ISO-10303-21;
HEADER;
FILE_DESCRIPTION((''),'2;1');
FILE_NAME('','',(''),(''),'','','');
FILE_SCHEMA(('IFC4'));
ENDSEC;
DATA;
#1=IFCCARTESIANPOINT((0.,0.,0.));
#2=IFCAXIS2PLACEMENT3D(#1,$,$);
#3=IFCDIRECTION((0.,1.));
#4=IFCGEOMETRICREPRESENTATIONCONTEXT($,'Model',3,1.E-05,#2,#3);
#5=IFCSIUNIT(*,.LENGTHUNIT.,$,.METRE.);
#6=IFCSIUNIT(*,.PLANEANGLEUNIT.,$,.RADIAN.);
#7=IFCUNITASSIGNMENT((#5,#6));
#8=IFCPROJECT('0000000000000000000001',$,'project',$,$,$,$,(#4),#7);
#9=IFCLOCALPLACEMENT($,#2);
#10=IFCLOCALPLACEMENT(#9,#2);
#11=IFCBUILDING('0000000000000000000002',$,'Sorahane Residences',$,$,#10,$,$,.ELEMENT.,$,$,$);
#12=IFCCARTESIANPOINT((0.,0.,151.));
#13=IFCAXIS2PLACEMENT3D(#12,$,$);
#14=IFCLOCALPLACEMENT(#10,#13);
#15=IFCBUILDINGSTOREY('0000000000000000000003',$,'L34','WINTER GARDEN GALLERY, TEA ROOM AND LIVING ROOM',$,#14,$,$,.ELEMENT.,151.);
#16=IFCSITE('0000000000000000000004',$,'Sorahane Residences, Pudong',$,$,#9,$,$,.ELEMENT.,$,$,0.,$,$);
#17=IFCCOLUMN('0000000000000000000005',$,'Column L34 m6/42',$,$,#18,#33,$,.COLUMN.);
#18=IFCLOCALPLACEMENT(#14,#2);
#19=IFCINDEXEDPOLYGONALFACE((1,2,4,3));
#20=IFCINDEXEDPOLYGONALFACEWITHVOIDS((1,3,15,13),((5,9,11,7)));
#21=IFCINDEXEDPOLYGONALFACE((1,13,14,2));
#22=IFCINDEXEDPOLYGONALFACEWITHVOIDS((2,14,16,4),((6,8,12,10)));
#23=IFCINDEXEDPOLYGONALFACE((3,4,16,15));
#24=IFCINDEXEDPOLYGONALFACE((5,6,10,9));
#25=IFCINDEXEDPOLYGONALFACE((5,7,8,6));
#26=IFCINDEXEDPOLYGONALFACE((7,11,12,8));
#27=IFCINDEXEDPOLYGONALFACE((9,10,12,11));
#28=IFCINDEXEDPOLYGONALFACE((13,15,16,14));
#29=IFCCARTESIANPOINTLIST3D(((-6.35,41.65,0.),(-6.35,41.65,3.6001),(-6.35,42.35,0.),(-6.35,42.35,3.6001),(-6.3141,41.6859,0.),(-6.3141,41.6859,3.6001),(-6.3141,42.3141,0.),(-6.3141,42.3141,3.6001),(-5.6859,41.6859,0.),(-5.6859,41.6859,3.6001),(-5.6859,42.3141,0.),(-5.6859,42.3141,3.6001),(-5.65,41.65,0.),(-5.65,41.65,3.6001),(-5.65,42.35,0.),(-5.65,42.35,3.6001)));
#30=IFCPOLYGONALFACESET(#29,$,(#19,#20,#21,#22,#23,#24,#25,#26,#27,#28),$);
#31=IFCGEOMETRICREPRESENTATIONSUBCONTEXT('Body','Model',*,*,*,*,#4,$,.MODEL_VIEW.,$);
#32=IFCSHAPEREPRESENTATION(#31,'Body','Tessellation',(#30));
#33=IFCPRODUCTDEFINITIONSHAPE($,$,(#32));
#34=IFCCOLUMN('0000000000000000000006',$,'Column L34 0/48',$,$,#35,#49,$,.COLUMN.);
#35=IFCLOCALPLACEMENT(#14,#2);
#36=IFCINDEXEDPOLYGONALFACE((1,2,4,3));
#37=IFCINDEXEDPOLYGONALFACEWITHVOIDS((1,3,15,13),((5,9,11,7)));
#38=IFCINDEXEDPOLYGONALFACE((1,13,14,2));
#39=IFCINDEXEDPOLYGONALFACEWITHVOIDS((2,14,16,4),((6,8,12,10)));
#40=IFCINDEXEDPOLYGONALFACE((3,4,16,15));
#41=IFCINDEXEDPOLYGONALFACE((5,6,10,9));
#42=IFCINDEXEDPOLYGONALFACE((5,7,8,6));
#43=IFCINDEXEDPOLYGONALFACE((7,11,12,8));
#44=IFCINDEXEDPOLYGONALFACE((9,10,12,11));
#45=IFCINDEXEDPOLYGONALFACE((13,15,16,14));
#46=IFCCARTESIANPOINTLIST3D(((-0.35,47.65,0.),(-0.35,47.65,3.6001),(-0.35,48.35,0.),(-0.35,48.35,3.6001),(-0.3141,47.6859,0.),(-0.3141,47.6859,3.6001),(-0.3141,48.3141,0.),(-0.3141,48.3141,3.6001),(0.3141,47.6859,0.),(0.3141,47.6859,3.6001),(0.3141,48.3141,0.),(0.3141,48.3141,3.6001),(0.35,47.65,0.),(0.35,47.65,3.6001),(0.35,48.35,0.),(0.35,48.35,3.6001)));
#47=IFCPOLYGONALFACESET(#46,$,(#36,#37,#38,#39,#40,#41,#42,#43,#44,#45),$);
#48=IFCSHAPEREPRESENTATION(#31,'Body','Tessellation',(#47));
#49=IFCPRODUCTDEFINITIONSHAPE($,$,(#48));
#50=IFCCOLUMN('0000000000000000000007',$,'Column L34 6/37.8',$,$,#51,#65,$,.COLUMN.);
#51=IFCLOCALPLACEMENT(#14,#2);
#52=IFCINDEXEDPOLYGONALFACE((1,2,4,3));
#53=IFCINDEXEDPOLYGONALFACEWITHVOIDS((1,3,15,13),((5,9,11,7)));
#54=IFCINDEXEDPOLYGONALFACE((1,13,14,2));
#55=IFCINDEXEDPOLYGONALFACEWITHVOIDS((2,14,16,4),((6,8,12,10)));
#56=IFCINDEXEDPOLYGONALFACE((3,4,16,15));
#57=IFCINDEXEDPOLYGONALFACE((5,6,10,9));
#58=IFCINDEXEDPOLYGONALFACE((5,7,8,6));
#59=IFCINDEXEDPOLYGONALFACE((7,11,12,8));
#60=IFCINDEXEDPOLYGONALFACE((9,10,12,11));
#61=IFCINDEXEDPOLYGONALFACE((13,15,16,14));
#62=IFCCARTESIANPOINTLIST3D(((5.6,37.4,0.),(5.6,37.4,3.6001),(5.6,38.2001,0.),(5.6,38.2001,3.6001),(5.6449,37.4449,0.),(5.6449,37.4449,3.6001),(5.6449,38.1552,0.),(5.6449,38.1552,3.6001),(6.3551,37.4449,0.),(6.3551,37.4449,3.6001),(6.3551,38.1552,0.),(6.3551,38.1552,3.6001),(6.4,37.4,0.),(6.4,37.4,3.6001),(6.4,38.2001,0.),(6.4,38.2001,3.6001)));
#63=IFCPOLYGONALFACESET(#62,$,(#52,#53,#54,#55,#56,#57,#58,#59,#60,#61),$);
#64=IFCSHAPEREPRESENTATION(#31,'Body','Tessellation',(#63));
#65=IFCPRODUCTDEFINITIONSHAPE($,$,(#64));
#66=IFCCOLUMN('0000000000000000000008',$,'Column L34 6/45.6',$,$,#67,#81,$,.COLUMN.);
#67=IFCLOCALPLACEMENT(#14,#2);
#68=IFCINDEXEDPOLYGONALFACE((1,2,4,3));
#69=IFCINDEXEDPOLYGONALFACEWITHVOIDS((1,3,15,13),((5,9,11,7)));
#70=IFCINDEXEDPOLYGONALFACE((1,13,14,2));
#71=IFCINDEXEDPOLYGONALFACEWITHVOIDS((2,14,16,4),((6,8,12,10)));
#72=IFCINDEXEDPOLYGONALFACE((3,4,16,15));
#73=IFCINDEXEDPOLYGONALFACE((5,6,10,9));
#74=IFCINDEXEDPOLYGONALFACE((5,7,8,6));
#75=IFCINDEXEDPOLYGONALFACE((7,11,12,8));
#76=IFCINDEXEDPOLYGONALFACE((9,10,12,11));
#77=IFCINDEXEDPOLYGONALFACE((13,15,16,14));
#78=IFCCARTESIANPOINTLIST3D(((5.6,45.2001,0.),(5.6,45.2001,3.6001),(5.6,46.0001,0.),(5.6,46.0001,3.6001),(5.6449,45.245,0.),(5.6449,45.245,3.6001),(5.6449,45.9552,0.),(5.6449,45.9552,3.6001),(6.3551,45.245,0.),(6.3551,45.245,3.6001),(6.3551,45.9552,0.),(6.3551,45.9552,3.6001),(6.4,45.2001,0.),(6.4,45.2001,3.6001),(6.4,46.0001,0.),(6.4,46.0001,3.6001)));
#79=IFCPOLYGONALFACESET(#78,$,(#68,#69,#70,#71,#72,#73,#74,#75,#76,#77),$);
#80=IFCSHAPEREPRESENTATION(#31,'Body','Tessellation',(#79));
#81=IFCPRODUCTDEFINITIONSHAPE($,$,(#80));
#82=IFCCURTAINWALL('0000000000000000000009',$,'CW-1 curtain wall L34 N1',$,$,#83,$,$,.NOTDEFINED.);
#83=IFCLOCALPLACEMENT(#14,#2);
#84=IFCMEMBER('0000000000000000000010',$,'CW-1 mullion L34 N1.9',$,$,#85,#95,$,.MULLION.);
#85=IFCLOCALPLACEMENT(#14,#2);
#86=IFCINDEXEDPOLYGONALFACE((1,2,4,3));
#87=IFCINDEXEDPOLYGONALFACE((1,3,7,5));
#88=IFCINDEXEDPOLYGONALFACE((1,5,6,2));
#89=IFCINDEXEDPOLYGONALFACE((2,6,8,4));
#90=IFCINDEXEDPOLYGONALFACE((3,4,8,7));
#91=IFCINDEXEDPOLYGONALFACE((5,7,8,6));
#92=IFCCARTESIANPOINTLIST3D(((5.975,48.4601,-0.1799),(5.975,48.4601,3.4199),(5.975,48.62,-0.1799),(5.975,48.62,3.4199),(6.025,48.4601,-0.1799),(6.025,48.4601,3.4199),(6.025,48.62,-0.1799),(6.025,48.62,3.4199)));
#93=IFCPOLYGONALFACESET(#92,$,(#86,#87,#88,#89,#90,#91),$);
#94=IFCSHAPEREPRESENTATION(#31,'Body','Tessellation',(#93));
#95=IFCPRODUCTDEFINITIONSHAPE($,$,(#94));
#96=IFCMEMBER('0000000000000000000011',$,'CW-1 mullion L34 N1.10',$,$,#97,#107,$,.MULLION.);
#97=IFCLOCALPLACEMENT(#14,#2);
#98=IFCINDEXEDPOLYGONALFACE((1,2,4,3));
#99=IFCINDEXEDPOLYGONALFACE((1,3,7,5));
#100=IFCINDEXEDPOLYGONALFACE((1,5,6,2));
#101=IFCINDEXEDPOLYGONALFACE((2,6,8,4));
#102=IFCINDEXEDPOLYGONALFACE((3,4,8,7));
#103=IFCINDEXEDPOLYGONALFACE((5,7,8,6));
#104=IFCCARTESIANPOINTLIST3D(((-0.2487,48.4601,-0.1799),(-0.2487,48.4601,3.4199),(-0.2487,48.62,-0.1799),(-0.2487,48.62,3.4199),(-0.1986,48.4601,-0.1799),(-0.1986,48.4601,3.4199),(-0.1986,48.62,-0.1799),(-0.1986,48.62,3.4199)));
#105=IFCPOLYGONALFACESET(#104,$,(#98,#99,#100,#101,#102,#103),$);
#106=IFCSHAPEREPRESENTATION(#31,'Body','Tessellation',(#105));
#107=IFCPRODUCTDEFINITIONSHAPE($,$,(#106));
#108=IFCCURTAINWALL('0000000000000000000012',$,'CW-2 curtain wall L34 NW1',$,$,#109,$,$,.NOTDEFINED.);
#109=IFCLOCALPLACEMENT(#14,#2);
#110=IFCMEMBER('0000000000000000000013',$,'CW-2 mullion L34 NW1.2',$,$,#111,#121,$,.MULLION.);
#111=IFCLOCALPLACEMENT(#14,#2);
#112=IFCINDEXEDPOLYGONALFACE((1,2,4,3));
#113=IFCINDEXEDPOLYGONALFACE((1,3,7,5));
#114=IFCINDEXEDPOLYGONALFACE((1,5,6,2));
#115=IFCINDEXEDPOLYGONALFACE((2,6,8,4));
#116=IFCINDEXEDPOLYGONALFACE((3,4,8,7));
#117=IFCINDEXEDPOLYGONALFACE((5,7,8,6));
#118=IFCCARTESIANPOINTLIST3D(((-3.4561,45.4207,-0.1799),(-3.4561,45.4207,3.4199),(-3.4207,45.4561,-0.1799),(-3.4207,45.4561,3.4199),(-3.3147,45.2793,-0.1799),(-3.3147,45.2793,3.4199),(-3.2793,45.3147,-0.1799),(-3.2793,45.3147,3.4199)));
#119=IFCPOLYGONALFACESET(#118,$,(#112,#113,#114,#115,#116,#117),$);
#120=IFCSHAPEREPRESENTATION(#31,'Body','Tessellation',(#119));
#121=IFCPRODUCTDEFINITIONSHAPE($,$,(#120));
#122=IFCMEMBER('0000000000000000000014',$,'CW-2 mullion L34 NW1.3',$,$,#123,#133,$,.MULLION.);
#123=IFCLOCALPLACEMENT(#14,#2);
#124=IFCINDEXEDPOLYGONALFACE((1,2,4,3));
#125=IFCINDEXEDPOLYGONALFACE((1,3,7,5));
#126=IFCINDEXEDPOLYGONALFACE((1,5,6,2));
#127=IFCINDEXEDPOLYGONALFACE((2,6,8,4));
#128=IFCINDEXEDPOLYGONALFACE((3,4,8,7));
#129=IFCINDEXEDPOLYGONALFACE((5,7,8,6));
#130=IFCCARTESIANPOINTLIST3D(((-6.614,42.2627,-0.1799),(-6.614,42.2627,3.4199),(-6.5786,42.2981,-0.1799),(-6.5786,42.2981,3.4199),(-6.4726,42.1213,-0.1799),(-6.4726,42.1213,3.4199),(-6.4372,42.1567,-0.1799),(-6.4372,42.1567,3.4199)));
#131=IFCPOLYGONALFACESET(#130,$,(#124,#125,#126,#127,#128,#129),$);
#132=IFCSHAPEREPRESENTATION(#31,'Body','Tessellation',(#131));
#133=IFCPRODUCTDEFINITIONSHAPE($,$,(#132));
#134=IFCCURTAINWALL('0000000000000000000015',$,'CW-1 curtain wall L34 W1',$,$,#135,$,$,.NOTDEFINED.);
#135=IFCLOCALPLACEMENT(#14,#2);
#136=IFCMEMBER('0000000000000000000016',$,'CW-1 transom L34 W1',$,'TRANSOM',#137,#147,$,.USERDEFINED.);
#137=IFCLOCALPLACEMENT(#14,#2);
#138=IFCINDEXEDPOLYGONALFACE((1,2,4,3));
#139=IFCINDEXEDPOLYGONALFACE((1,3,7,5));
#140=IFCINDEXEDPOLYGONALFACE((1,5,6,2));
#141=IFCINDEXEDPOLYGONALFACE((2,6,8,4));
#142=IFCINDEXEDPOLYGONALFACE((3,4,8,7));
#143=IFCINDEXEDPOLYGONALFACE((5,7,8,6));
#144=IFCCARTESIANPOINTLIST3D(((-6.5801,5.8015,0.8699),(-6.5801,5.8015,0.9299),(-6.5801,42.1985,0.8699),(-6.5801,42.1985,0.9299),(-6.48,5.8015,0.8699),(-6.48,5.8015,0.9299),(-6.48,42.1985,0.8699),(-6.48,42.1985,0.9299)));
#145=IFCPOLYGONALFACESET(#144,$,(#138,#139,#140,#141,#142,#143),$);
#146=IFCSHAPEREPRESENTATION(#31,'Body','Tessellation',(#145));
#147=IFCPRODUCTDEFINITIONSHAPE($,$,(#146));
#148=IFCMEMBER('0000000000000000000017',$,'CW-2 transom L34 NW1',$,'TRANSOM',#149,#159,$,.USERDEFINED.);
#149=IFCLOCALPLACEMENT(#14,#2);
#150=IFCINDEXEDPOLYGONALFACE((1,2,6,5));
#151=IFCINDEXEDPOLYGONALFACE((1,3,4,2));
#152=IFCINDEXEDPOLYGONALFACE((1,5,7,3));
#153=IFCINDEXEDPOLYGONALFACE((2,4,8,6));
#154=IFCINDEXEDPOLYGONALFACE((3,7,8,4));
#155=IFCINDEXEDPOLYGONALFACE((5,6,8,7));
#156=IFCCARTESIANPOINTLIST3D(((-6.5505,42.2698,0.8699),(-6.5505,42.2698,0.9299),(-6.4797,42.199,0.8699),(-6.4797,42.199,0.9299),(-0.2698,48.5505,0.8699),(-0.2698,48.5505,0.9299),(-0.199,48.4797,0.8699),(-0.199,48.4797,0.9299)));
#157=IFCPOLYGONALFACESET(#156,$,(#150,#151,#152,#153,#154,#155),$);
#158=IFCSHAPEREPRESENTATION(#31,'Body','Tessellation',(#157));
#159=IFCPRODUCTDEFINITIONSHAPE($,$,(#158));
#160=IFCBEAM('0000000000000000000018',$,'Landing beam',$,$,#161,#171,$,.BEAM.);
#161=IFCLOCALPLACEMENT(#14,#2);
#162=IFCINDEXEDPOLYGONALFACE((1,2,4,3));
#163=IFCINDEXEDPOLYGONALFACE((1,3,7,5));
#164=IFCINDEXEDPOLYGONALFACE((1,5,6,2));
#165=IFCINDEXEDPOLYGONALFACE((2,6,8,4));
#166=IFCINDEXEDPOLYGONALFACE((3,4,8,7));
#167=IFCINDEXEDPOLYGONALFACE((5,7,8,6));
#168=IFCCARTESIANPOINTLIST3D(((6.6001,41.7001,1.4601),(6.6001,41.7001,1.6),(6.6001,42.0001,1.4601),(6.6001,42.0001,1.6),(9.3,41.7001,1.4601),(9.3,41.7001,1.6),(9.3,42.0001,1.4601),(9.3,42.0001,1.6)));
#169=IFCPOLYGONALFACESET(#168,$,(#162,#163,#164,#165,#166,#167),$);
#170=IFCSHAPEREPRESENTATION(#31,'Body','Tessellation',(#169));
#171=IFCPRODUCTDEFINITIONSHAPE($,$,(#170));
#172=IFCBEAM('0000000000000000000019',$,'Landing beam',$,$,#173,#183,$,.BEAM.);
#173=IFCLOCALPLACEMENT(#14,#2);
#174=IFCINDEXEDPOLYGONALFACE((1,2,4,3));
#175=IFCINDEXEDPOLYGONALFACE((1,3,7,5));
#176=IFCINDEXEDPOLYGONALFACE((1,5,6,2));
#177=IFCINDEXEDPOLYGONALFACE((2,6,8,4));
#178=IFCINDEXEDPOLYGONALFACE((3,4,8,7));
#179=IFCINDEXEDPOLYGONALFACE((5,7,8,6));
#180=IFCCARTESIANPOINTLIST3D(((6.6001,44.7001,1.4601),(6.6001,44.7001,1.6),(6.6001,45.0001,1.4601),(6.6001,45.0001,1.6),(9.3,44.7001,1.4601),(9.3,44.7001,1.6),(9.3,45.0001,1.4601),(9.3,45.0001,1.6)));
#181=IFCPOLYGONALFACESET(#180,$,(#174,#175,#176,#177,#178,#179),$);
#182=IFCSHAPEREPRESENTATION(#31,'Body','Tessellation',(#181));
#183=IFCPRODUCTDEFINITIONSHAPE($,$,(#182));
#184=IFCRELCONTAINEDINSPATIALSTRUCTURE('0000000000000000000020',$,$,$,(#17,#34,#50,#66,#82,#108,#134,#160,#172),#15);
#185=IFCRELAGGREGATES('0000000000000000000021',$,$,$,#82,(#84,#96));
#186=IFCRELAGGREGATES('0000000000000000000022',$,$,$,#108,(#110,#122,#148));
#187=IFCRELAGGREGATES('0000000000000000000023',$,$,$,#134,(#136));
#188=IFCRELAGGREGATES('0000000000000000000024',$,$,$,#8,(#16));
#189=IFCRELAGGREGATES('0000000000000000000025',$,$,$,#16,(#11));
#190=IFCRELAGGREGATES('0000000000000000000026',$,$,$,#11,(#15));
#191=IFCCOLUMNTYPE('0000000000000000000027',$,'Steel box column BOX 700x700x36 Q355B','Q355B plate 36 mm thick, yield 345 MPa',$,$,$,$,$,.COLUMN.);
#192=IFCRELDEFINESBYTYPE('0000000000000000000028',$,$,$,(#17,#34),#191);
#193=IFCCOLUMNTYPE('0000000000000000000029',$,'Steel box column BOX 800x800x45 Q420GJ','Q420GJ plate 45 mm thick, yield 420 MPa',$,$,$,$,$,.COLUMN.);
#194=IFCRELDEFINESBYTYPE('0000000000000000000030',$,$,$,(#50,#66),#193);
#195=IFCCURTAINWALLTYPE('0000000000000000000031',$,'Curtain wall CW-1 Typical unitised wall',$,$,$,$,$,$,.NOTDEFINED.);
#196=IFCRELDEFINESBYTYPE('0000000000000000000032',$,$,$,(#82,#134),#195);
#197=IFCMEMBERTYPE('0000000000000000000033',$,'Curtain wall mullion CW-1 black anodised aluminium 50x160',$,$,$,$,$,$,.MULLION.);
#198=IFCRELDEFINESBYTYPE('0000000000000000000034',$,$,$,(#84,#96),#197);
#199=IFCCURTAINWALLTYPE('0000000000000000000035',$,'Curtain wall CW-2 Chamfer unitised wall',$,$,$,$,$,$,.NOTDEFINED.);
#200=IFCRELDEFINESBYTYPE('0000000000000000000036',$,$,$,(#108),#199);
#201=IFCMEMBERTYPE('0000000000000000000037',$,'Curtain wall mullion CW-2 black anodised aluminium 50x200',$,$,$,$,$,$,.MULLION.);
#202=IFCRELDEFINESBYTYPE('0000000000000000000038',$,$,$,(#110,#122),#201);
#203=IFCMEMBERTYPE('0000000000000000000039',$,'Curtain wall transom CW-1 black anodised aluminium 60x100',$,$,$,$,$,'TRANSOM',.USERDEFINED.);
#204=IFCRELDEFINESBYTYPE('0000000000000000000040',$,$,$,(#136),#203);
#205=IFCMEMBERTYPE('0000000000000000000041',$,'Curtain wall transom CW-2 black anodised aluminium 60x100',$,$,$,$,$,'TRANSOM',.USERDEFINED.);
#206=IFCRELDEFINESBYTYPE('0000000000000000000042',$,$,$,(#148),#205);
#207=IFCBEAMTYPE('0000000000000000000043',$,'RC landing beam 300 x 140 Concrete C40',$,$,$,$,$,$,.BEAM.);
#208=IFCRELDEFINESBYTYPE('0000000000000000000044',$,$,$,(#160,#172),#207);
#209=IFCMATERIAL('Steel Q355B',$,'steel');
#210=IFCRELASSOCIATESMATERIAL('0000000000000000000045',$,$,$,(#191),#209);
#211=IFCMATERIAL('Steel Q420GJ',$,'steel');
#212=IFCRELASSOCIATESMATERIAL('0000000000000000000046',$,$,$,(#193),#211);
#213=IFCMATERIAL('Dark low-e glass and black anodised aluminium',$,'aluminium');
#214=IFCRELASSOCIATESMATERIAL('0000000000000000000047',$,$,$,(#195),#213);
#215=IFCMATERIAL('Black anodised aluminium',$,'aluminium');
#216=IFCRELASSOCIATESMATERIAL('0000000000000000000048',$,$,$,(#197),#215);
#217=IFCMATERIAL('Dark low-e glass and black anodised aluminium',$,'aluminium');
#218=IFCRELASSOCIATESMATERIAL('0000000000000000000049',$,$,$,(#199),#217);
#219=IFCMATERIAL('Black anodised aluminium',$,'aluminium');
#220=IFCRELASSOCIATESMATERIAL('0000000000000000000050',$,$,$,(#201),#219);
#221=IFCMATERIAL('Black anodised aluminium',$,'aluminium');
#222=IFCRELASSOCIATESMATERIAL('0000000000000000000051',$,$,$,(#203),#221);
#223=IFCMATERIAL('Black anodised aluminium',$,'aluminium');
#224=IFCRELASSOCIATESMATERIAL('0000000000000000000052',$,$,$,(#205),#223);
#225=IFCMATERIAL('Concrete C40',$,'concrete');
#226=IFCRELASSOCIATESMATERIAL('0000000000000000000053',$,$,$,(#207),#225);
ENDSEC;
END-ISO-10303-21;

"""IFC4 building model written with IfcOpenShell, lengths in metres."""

from ifc_helpers import new_model, si_unit, direction, frame, origin, origin_2d, place, context, subcontext, project, spatial, rectangle, hollow_rectangle, extrude, material, material_profile, profile_set, type_object, element, aggregate, save


model = new_model("IFC4")

# Units and contexts
model_context = context("Model", 3, precision=1e-05, world=origin(), true_north=direction((0.0, 1.0)))
body_context = subcontext(model_context, "Body", "Model", "MODEL_VIEW")
ifc_project = project(units=[si_unit("LENGTHUNIT", "METRE"), si_unit("PLANEANGLEUNIT", "RADIAN")], contexts=[model_context])

# Site, building, storey
site_placement = place(None, origin())
site = spatial("IfcSite", under=ifc_project, at=site_placement, Name="Sorahane Residences, Pudong", CompositionType="ELEMENT", RefElevation=0.0)
building_placement = place(site_placement, origin())
building = spatial("IfcBuilding", under=site, at=building_placement, Name="Sorahane Residences", CompositionType="ELEMENT")
storey_placement = place(building_placement, frame((0.0, 0.0, 151.0)))
storey = spatial("IfcBuildingStorey", under=building, at=storey_placement, Name="L34", Description="WINTER GARDEN GALLERY, TEA ROOM AND LIVING ROOM", CompositionType="ELEMENT", Elevation=151.0)

# Columns
ifc_material_1 = material(Name="Steel Q355B", Category="steel")
ifc_material_profile_1 = material_profile(ifc_material_1, hollow_rectangle(XDim=0.7, YDim=0.7, WallThickness=0.0359, at=origin_2d()), Name="BOX 700x700x36")
ifc_profile_set_1 = profile_set([ifc_material_profile_1], Name="Steel Q355B")
column_type_1 = type_object("IfcColumnType", Name="Steel box column BOX 700x700x36 Q355B", Description="Q355B plate 36 mm thick, yield 345 MPa", PredefinedType="COLUMN", material=ifc_profile_set_1)
for number, where, z_axis, x_axis, name in (
    (1, (-6.0, 42.0, 0.0), (0.0, 0.0, 1.0), (1.0, 0.0, 0.0), "Column L34 m6/42"),
    (2, (0.0, 48.0, 0.0), (0.0, 0.0, 1.0), (1.0, 0.0, 0.0), "Column L34 0/48"),
):
    element("IfcColumn", number, at=place(storey_placement, frame(where, z_axis=z_axis, x_axis=x_axis)), inside=storey, type_object=column_type_1, Name=name, PredefinedType="COLUMN", context=body_context, shape_type="SweptSolid", body=[
        extrude(hollow_rectangle(XDim=0.7, YDim=0.7, WallThickness=0.0359, at=origin_2d()), origin(), (0.0, 0.0, 1.0), 3.6001),
    ])
ifc_material_2 = material(Name="Steel Q420GJ", Category="steel")
ifc_material_profile_2 = material_profile(ifc_material_2, hollow_rectangle(XDim=0.8, YDim=0.8, WallThickness=0.0449, at=origin_2d()), Name="BOX 800x800x45")
ifc_profile_set_2 = profile_set([ifc_material_profile_2], Name="Steel Q420GJ")
column_type_2 = type_object("IfcColumnType", Name="Steel box column BOX 800x800x45 Q420GJ", Description="Q420GJ plate 45 mm thick, yield 420 MPa", PredefinedType="COLUMN", material=ifc_profile_set_2)
for number, where, z_axis, x_axis, name in (
    (3, (6.0, 37.8, 0.0), (0.0, 0.0, 1.0), (1.0, 0.0, 0.0), "Column L34 6/37.8"),
    (4, (6.0, 45.6001, 0.0), (0.0, 0.0, 1.0), (1.0, 0.0, 0.0), "Column L34 6/45.6"),
):
    element("IfcColumn", number, at=place(storey_placement, frame(where, z_axis=z_axis, x_axis=x_axis)), inside=storey, type_object=column_type_2, Name=name, PredefinedType="COLUMN", context=body_context, shape_type="SweptSolid", body=[
        extrude(hollow_rectangle(XDim=0.8, YDim=0.8, WallThickness=0.0449, at=origin_2d()), origin(), (0.0, 0.0, 1.0), 3.6001),
    ])

# Curtain walls, members
ifc_material_3 = material(Name="Dark low-e glass and black anodised aluminium", Category="aluminium")
curtain_wall_type_1 = type_object("IfcCurtainWallType", Name="Curtain wall CW-1 Typical unitised wall", PredefinedType="NOTDEFINED", material=ifc_material_3)
curtain_wall_1_placement = place(storey_placement, origin())
curtain_wall_1 = element("IfcCurtainWall", 5, at=curtain_wall_1_placement, inside=storey, type_object=curtain_wall_type_1, Name="CW-1 curtain wall L34 N1", PredefinedType="NOTDEFINED")
ifc_material_4 = material(Name="Black anodised aluminium", Category="aluminium")
ifc_material_profile_3 = material_profile(ifc_material_4, rectangle(XDim=0.1599, YDim=0.05, at=origin_2d()), Name="Curtain wall mullion CW-1 black anodised aluminium 50x160")
ifc_profile_set_3 = profile_set([ifc_material_profile_3], Name="Black anodised aluminium")
member_type_1 = type_object("IfcMemberType", Name="Curtain wall mullion CW-1 black anodised aluminium 50x160", PredefinedType="MULLION", material=ifc_profile_set_3)
member_1_placement = place(storey_placement, frame((6.0, 48.54, -0.1799), z_axis=(0.0, 0.0, 1.0), x_axis=(0.0, 1.0, 0.0)))
member_1 = element("IfcMember", 6, at=member_1_placement, type_object=member_type_1, Name="CW-1 mullion L34 N1.9", PredefinedType="MULLION", context=body_context, shape_type="SweptSolid", body=[
    extrude(rectangle(XDim=0.1599, YDim=0.05, at=origin_2d()), origin(), (0.0, 0.0, 1.0), 3.5999),
])
member_2_placement = place(storey_placement, frame((-0.2236, 48.54, -0.1799), z_axis=(0.0, 0.0, 1.0), x_axis=(0.0, 1.0, 0.0)))
member_2 = element("IfcMember", 7, at=member_2_placement, type_object=member_type_1, Name="CW-1 mullion L34 N1.10", PredefinedType="MULLION", context=body_context, shape_type="SweptSolid", body=[
    extrude(rectangle(XDim=0.1599, YDim=0.05, at=origin_2d()), origin(), (0.0, 0.0, 1.0), 3.5999),
])
ifc_material_5 = material(Name="Dark low-e glass and black anodised aluminium", Category="aluminium")
curtain_wall_type_2 = type_object("IfcCurtainWallType", Name="Curtain wall CW-2 Chamfer unitised wall", PredefinedType="NOTDEFINED", material=ifc_material_5)
curtain_wall_2_placement = place(storey_placement, origin())
curtain_wall_2 = element("IfcCurtainWall", 8, at=curtain_wall_2_placement, inside=storey, type_object=curtain_wall_type_2, Name="CW-2 curtain wall L34 NW1", PredefinedType="NOTDEFINED")
ifc_material_6 = material(Name="Black anodised aluminium", Category="aluminium")
ifc_material_profile_4 = material_profile(ifc_material_6, rectangle(XDim=0.2, YDim=0.05, at=origin_2d()), Name="Curtain wall mullion CW-2 black anodised aluminium 50x200")
ifc_profile_set_4 = profile_set([ifc_material_profile_4], Name="Black anodised aluminium")
member_type_2 = type_object("IfcMemberType", Name="Curtain wall mullion CW-2 black anodised aluminium 50x200", PredefinedType="MULLION", material=ifc_profile_set_4)
member_3_placement = place(storey_placement, frame((-3.3677, 45.3677, -0.1799), z_axis=(0.0, 0.0, 1.0), x_axis=(-0.707107, 0.707107, 0.0)))
member_3 = element("IfcMember", 9, at=member_3_placement, type_object=member_type_2, Name="CW-2 mullion L34 NW1.2", PredefinedType="MULLION", context=body_context, shape_type="SweptSolid", body=[
    extrude(rectangle(XDim=0.2, YDim=0.05, at=origin_2d()), origin(), (0.0, 0.0, 1.0), 3.5999),
])
member_4_placement = place(storey_placement, frame((-6.5256, 42.2097, -0.1799), z_axis=(0.0, 0.0, 1.0), x_axis=(-0.707107, 0.707107, 0.0)))
member_4 = element("IfcMember", 10, at=member_4_placement, type_object=member_type_2, Name="CW-2 mullion L34 NW1.3", PredefinedType="MULLION", context=body_context, shape_type="SweptSolid", body=[
    extrude(rectangle(XDim=0.2, YDim=0.05, at=origin_2d()), origin(), (0.0, 0.0, 1.0), 3.5999),
])

# Curtain wall, member
curtain_wall_3_placement = place(storey_placement, origin())
curtain_wall_3 = element("IfcCurtainWall", 11, at=curtain_wall_3_placement, inside=storey, type_object=curtain_wall_type_1, Name="CW-1 curtain wall L34 W1", PredefinedType="NOTDEFINED")
ifc_material_7 = material(Name="Black anodised aluminium", Category="aluminium")
ifc_material_profile_5 = material_profile(ifc_material_7, rectangle(XDim=0.1001, YDim=0.0601, at=origin_2d()), Name="Curtain wall transom CW-1 black anodised aluminium 60x100")
ifc_profile_set_5 = profile_set([ifc_material_profile_5], Name="Black anodised aluminium")
member_type_3 = type_object("IfcMemberType", Name="Curtain wall transom CW-1 black anodised aluminium 60x100", ElementType="TRANSOM", PredefinedType="USERDEFINED", material=ifc_profile_set_5)
member_5_placement = place(storey_placement, frame((-6.53, 42.1985, 0.8999), z_axis=(0.0, -1.0, 0.0), x_axis=(1.0, 0.0, 0.0)))
member_5 = element("IfcMember", 12, at=member_5_placement, type_object=member_type_3, Name="CW-1 transom L34 W1", ObjectType="TRANSOM", PredefinedType="USERDEFINED", context=body_context, shape_type="SweptSolid", body=[
    extrude(rectangle(XDim=0.1001, YDim=0.0601, at=origin_2d()), origin(), (0.0, 0.0, 1.0), 36.397),
])

# Member
ifc_material_8 = material(Name="Black anodised aluminium", Category="aluminium")
ifc_material_profile_6 = material_profile(ifc_material_8, rectangle(XDim=0.1001, YDim=0.0601, at=origin_2d()), Name="Curtain wall transom CW-2 black anodised aluminium 60x100")
ifc_profile_set_6 = profile_set([ifc_material_profile_6], Name="Black anodised aluminium")
member_type_4 = type_object("IfcMemberType", Name="Curtain wall transom CW-2 black anodised aluminium 60x100", ElementType="TRANSOM", PredefinedType="USERDEFINED", material=ifc_profile_set_6)
member_6_placement = place(storey_placement, frame((-0.2344, 48.5151, 0.8999), z_axis=(-0.707107, -0.707107, 0.0), x_axis=(0.707107, -0.707107, 0.0)))
member_6 = element("IfcMember", 13, at=member_6_placement, type_object=member_type_4, Name="CW-2 transom L34 NW1", ObjectType="TRANSOM", PredefinedType="USERDEFINED", context=body_context, shape_type="SweptSolid", body=[
    extrude(rectangle(XDim=0.1001, YDim=0.0601, at=origin_2d()), origin(), (0.0, 0.0, 1.0), 8.8823),
])

# Beams
ifc_material_9 = material(Name="Concrete C40", Category="concrete")
ifc_material_profile_7 = material_profile(ifc_material_9, rectangle(XDim=0.3, YDim=0.1399, at=origin_2d()), Name="300x140")
ifc_profile_set_7 = profile_set([ifc_material_profile_7], Name="Concrete C40")
beam_type_1 = type_object("IfcBeamType", Name="RC landing beam 300 x 140 Concrete C40", PredefinedType="BEAM", material=ifc_profile_set_7)
for number, where, z_axis, x_axis, name in (
    (14, (6.6001, 41.8501, 1.53), (1.0, 0.0, 0.0), (0.0, 1.0, 0.0), "Landing beam"),
    (15, (6.6001, 44.8501, 1.53), (1.0, 0.0, 0.0), (0.0, 1.0, 0.0), "Landing beam"),
):
    element("IfcBeam", number, at=place(storey_placement, frame(where, z_axis=z_axis, x_axis=x_axis)), inside=storey, type_object=beam_type_1, Name=name, PredefinedType="BEAM", context=body_context, shape_type="SweptSolid", body=[
        extrude(rectangle(XDim=0.3, YDim=0.1399, at=origin_2d()), origin(), (0.0, 0.0, 1.0), 2.7),
    ])

aggregate(curtain_wall_1, [member_1, member_2])
aggregate(curtain_wall_2, [member_3, member_4, member_6])
aggregate(curtain_wall_3, [member_5])

save(model, "model.ifc")
